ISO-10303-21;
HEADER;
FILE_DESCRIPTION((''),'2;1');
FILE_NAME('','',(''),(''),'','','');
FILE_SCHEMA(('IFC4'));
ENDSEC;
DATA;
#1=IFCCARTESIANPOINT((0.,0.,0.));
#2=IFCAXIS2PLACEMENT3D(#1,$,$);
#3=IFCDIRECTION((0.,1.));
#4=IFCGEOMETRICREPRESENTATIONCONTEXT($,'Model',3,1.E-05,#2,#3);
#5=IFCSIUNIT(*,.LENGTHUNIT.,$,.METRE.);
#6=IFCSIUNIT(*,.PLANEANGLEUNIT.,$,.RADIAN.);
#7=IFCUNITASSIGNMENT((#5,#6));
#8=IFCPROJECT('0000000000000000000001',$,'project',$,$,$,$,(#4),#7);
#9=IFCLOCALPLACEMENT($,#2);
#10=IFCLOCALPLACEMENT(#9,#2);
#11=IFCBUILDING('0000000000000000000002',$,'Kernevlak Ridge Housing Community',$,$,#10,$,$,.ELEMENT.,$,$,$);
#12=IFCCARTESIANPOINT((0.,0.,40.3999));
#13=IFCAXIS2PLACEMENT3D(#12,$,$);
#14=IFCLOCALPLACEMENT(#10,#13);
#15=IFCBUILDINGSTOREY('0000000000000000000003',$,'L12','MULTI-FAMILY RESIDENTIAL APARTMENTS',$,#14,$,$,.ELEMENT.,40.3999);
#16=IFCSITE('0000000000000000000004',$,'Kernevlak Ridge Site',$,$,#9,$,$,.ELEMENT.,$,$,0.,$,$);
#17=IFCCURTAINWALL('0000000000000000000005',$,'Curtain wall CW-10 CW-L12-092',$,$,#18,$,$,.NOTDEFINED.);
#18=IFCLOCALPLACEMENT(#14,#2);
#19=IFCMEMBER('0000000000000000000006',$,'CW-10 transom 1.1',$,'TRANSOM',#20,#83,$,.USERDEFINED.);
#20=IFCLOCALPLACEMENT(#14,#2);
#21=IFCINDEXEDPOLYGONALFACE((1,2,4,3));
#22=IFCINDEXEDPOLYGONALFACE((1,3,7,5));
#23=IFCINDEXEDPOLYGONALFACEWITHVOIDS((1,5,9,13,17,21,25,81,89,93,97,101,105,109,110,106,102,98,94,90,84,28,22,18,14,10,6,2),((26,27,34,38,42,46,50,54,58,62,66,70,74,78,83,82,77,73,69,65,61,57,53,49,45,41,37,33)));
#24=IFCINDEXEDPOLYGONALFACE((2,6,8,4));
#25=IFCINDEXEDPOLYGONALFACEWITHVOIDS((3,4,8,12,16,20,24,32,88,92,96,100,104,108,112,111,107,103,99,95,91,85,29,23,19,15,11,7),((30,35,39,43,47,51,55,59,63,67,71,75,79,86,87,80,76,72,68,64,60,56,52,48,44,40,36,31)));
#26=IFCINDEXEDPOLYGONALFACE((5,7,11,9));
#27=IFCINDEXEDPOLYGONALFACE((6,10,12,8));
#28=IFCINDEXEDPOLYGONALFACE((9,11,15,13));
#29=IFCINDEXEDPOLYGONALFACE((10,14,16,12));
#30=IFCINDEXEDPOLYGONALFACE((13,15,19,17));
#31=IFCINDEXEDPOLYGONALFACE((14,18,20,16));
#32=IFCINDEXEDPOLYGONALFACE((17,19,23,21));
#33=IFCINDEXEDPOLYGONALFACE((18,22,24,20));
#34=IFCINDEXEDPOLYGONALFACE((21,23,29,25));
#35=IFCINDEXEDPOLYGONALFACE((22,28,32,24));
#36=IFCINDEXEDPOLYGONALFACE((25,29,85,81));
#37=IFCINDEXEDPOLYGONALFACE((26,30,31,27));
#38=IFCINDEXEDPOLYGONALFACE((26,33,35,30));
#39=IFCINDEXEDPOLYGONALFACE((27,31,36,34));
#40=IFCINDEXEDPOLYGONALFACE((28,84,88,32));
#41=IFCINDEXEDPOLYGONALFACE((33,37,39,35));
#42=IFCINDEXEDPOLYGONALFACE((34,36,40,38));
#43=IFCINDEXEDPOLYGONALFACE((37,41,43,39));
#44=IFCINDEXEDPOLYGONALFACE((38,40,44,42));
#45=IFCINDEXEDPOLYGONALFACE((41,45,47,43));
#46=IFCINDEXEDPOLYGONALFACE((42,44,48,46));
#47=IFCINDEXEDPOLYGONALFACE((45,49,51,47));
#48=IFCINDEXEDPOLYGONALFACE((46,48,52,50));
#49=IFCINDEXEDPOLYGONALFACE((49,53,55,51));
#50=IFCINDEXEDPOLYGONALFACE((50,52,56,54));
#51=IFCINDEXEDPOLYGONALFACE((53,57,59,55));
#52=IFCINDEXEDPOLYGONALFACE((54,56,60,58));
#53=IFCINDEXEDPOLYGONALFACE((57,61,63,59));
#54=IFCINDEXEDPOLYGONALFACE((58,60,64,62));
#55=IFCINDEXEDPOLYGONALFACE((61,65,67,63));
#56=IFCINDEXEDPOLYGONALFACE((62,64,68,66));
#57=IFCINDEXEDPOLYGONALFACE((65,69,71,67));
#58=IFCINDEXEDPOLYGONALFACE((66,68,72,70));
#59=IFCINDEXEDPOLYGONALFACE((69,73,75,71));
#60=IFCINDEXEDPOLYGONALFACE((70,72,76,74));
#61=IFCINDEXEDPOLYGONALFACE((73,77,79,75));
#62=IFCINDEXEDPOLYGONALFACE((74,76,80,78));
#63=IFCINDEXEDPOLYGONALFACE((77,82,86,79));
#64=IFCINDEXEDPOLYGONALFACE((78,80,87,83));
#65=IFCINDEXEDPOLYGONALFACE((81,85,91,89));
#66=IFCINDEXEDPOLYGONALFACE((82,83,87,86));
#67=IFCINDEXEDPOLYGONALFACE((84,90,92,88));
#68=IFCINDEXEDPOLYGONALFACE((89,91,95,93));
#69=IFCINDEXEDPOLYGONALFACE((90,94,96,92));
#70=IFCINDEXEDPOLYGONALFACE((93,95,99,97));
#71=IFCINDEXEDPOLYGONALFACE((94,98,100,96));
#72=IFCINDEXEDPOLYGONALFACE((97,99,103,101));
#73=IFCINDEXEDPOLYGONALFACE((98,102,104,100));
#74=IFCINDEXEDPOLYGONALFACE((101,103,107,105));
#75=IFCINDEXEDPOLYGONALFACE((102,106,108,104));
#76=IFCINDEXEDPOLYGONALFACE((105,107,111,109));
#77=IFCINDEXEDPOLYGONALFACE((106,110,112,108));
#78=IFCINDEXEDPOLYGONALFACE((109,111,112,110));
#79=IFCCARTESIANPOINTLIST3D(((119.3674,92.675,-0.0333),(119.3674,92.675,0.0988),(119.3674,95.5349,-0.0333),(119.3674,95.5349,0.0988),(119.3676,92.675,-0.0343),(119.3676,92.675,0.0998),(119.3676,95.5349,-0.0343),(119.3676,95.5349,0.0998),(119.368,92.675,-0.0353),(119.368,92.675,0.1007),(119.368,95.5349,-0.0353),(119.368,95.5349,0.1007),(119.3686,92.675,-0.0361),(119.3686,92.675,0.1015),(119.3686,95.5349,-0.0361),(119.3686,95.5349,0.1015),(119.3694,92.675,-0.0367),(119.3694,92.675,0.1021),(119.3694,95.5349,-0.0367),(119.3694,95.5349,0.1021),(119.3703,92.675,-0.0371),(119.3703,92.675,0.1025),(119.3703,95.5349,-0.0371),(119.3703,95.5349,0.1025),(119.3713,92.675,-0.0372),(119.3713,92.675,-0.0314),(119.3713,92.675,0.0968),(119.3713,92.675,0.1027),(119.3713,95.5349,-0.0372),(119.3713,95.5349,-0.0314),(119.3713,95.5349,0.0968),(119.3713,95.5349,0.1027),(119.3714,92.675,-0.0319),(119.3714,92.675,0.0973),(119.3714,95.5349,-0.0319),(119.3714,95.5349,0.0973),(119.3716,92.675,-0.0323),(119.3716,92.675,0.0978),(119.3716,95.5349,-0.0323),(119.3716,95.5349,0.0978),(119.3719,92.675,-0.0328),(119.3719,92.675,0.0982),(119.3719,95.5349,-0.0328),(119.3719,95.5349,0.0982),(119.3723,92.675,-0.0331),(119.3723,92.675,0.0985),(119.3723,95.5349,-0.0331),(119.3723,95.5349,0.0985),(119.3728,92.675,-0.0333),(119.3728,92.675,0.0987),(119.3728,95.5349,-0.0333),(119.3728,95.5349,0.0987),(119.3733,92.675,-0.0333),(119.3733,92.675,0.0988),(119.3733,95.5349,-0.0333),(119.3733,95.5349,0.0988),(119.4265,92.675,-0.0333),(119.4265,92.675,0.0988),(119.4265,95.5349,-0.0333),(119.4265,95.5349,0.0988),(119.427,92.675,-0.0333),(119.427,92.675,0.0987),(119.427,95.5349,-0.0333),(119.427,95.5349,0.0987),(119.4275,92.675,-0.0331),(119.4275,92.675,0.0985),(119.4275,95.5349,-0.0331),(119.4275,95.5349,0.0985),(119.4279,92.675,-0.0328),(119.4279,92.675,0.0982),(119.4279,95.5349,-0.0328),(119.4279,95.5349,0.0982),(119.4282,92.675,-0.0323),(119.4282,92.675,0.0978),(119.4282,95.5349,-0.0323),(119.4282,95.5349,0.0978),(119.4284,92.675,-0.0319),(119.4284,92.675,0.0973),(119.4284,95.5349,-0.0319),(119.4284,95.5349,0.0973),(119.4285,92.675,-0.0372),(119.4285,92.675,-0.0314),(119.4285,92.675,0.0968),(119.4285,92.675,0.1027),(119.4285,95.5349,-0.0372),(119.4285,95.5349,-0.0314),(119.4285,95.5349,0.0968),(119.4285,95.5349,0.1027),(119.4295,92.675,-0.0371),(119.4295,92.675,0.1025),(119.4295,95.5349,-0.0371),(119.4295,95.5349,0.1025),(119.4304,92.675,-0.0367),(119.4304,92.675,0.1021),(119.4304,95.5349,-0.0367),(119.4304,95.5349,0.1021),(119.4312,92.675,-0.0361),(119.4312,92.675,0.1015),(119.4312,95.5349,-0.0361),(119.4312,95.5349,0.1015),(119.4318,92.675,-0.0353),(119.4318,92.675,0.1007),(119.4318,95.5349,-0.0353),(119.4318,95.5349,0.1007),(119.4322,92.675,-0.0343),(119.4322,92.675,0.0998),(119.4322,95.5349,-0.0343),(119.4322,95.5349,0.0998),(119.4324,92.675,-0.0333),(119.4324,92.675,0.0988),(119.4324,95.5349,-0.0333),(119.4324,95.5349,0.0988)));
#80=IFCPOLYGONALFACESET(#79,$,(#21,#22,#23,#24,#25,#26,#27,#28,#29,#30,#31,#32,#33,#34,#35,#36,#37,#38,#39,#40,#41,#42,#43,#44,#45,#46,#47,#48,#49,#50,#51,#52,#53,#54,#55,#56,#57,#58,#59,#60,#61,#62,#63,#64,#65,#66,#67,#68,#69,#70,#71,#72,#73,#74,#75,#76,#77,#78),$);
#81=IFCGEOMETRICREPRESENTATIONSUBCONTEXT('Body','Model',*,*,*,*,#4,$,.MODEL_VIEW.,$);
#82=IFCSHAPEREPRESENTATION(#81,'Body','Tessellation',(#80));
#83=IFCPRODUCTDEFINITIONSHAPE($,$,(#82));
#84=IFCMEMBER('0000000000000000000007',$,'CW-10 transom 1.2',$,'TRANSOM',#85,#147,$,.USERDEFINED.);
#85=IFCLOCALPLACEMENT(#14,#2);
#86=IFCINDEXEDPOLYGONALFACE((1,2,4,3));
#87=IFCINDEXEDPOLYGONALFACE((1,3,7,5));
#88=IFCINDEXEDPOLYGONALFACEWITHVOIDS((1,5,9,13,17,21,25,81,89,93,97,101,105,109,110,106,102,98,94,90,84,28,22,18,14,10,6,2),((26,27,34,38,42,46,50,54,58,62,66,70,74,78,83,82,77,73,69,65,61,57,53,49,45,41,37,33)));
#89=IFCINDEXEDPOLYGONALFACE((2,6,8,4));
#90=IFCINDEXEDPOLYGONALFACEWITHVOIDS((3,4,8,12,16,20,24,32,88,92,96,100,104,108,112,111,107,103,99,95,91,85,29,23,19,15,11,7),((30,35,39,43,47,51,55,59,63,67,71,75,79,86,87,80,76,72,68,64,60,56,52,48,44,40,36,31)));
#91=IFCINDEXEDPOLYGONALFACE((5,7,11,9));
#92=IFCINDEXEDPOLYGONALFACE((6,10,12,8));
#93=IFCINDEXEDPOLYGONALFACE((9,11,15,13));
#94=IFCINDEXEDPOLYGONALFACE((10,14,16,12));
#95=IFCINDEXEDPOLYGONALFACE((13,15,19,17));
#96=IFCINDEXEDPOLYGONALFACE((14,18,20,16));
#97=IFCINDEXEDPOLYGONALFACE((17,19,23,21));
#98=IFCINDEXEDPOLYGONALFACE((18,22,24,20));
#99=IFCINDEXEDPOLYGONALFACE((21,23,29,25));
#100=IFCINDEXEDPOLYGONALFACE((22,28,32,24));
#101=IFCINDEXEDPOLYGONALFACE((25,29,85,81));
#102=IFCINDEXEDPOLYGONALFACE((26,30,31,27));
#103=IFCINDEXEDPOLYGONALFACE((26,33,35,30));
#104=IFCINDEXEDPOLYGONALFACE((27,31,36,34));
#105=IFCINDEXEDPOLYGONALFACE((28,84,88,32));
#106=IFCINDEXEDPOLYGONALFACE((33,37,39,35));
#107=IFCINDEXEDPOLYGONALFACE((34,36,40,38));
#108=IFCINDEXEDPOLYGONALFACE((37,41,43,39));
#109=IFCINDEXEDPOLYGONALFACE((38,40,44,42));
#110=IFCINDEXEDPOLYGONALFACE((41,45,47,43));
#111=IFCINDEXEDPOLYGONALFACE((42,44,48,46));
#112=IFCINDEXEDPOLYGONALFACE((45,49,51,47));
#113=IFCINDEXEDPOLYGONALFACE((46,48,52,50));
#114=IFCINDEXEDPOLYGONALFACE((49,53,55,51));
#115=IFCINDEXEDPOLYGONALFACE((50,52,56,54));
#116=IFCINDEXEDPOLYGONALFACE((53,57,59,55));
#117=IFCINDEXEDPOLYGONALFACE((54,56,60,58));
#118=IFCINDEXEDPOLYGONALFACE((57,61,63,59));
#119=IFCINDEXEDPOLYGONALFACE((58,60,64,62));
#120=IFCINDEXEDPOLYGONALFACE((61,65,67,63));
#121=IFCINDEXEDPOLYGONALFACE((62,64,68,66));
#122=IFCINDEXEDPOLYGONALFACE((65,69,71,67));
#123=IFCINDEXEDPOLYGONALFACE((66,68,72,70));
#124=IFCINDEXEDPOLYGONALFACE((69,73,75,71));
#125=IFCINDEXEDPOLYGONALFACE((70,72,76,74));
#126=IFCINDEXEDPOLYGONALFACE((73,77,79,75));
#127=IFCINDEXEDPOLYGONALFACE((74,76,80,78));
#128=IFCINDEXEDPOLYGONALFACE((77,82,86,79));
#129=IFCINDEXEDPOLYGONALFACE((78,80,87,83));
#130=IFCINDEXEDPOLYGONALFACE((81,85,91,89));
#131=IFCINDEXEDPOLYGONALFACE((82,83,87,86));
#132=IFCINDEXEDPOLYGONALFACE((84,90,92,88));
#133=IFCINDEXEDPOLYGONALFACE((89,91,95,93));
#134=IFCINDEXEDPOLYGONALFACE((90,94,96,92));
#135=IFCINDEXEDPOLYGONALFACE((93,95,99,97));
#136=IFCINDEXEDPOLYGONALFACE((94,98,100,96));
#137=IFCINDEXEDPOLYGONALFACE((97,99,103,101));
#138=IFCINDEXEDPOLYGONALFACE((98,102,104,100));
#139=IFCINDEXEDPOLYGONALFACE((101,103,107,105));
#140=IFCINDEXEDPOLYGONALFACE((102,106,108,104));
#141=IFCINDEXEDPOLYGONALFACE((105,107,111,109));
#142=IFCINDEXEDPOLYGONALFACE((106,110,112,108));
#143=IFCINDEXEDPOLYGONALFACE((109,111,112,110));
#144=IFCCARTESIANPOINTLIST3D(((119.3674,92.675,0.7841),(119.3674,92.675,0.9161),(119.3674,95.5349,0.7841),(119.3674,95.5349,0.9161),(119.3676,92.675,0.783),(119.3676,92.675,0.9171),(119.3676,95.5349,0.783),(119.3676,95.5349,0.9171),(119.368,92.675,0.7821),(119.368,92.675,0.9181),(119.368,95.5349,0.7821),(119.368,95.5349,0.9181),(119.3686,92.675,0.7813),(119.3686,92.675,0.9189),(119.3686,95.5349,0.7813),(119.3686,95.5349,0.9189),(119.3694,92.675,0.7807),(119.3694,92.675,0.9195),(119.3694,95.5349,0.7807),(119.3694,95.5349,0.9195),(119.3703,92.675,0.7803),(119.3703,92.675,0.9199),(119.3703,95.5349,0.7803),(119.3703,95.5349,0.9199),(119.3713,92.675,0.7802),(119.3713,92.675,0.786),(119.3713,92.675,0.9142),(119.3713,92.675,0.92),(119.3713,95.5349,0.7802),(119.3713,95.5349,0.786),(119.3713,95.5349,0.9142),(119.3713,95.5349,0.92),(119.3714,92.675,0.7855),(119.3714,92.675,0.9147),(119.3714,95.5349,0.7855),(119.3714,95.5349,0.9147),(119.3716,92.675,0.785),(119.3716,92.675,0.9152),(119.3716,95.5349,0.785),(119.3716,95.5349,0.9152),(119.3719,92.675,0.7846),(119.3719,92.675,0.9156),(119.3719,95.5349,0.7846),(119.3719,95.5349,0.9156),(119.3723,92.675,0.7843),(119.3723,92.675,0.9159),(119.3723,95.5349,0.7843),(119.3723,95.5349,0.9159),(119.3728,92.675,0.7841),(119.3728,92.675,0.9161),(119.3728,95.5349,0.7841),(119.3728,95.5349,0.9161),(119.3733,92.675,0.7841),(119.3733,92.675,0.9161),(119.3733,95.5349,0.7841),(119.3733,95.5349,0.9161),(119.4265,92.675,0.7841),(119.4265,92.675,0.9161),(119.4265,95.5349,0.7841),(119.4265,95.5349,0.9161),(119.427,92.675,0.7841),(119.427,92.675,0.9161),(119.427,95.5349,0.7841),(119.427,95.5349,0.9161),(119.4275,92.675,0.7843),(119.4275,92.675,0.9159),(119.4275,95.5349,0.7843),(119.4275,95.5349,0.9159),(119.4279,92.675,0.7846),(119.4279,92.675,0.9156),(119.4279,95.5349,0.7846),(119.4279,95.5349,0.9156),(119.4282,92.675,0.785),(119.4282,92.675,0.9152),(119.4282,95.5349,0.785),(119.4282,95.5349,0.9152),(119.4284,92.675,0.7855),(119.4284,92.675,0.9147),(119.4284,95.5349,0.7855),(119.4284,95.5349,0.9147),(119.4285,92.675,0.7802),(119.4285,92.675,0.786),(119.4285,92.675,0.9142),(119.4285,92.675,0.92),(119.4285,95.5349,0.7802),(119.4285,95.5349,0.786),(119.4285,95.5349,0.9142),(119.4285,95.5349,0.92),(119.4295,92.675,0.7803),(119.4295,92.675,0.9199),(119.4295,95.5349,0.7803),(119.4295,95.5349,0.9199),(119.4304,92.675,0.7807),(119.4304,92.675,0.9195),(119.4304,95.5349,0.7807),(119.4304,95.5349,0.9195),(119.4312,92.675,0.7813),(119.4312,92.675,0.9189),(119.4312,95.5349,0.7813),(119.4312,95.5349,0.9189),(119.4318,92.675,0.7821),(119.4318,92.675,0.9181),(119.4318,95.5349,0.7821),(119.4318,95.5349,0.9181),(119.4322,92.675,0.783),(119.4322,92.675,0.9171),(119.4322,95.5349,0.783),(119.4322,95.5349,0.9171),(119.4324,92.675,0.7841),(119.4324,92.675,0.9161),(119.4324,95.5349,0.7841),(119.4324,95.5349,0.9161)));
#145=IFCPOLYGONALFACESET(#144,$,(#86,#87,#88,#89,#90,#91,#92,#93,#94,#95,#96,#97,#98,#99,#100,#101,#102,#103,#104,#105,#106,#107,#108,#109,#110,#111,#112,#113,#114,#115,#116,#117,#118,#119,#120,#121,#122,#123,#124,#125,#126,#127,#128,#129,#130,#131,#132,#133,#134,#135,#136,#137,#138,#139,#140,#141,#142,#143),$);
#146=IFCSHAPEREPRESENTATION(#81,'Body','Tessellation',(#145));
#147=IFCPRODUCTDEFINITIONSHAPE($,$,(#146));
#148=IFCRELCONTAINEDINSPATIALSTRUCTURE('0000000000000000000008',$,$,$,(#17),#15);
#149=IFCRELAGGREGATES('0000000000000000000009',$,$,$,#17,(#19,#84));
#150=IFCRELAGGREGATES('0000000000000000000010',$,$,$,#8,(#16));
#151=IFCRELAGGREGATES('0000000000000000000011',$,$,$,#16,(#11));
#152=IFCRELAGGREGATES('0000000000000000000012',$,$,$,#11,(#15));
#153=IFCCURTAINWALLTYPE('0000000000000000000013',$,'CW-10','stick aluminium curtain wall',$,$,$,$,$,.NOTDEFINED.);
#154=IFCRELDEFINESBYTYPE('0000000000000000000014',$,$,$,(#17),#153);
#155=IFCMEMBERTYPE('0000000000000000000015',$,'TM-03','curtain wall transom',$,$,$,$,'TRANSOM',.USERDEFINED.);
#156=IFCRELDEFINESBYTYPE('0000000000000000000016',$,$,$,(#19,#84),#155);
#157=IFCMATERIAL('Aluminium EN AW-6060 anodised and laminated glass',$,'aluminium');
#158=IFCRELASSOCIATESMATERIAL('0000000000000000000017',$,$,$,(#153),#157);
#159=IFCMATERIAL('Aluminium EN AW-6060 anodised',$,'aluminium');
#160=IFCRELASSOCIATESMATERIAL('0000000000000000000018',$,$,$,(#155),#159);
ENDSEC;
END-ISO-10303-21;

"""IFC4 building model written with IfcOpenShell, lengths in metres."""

from ifc_helpers import new_model, si_unit, direction, frame, origin, origin_2d, place, context, subcontext, project, spatial, hollow_rectangle, extrude, material, material_profile, profile_set, type_object, element, aggregate, save


model = new_model("IFC4")

# Units and contexts
model_context = context("Model", 3, precision=1e-05, world=origin(), true_north=direction((0.0, 1.0)))
body_context = subcontext(model_context, "Body", "Model", "MODEL_VIEW")
ifc_project = project(units=[si_unit("LENGTHUNIT", "METRE"), si_unit("PLANEANGLEUNIT", "RADIAN")], contexts=[model_context])

# Site, building, storey
site_placement = place(None, origin())
site = spatial("IfcSite", under=ifc_project, at=site_placement, Name="Kernevlak Ridge Site", CompositionType="ELEMENT", RefElevation=0.0)
building_placement = place(site_placement, origin())
building = spatial("IfcBuilding", under=site, at=building_placement, Name="Kernevlak Ridge Housing Community", CompositionType="ELEMENT")
storey_placement = place(building_placement, frame((0.0, 0.0, 40.3999)))
storey = spatial("IfcBuildingStorey", under=building, at=storey_placement, Name="L12", Description="MULTI-FAMILY RESIDENTIAL APARTMENTS", CompositionType="ELEMENT", Elevation=40.3999)

# Shared definitions
ifc_material_1 = material(Name="Aluminium EN AW-6060 anodised and laminated glass", Category="aluminium")
ifc_material_2 = material(Name="Aluminium EN AW-6060 anodised", Category="aluminium")

# Curtain wall, members
curtain_wall_type_1 = type_object("IfcCurtainWallType", Name="CW-10", Description="stick aluminium curtain wall", PredefinedType="NOTDEFINED", material=ifc_material_1)
curtain_wall_1_placement = place(storey_placement, origin())
curtain_wall_1 = element("IfcCurtainWall", 1, at=curtain_wall_1_placement, inside=storey, type_object=curtain_wall_type_1, Name="Curtain wall CW-10 CW-L12-092", PredefinedType="NOTDEFINED")
ifc_material_profile_1 = material_profile(ifc_material_2, hollow_rectangle(XDim=0.0649, YDim=0.1399, WallThickness=0.0039, InnerFilletRadius=0.002, OuterFilletRadius=0.0039, at=origin_2d()), Name="ALU 65x140x4")
ifc_profile_set_1 = profile_set([ifc_material_profile_1], Name="Aluminium EN AW-6060 anodised")
member_type_1 = type_object("IfcMemberType", Name="TM-03", Description="curtain wall transom", ElementType="TRANSOM", PredefinedType="USERDEFINED", material=ifc_profile_set_1)
member_1_placement = place(storey_placement, frame((119.3999, 92.675, 0.0327), z_axis=(0.0, 1.0, 0.0), x_axis=(-1.0, 0.0, 0.0)))
member_1 = element("IfcMember", 2, at=member_1_placement, type_object=member_type_1, Name="CW-10 transom 1.1", ObjectType="TRANSOM", PredefinedType="USERDEFINED", context=body_context, shape_type="SweptSolid", body=[
    extrude(hollow_rectangle(XDim=0.0649, YDim=0.1399, WallThickness=0.0039, InnerFilletRadius=0.002, OuterFilletRadius=0.0039, at=origin_2d()), origin(), (0.0, 0.0, 1.0), 2.8599),
])
member_2_placement = place(storey_placement, frame((119.3999, 92.675, 0.8501), z_axis=(0.0, 1.0, 0.0), x_axis=(-1.0, 0.0, 0.0)))
member_2 = element("IfcMember", 3, at=member_2_placement, type_object=member_type_1, Name="CW-10 transom 1.2", ObjectType="TRANSOM", PredefinedType="USERDEFINED", context=body_context, shape_type="SweptSolid", body=[
    extrude(hollow_rectangle(XDim=0.0649, YDim=0.1399, WallThickness=0.0039, InnerFilletRadius=0.002, OuterFilletRadius=0.0039, at=origin_2d()), origin(), (0.0, 0.0, 1.0), 2.8599),
])

aggregate(curtain_wall_1, [member_1, member_2])

save(model, "model.ifc")
